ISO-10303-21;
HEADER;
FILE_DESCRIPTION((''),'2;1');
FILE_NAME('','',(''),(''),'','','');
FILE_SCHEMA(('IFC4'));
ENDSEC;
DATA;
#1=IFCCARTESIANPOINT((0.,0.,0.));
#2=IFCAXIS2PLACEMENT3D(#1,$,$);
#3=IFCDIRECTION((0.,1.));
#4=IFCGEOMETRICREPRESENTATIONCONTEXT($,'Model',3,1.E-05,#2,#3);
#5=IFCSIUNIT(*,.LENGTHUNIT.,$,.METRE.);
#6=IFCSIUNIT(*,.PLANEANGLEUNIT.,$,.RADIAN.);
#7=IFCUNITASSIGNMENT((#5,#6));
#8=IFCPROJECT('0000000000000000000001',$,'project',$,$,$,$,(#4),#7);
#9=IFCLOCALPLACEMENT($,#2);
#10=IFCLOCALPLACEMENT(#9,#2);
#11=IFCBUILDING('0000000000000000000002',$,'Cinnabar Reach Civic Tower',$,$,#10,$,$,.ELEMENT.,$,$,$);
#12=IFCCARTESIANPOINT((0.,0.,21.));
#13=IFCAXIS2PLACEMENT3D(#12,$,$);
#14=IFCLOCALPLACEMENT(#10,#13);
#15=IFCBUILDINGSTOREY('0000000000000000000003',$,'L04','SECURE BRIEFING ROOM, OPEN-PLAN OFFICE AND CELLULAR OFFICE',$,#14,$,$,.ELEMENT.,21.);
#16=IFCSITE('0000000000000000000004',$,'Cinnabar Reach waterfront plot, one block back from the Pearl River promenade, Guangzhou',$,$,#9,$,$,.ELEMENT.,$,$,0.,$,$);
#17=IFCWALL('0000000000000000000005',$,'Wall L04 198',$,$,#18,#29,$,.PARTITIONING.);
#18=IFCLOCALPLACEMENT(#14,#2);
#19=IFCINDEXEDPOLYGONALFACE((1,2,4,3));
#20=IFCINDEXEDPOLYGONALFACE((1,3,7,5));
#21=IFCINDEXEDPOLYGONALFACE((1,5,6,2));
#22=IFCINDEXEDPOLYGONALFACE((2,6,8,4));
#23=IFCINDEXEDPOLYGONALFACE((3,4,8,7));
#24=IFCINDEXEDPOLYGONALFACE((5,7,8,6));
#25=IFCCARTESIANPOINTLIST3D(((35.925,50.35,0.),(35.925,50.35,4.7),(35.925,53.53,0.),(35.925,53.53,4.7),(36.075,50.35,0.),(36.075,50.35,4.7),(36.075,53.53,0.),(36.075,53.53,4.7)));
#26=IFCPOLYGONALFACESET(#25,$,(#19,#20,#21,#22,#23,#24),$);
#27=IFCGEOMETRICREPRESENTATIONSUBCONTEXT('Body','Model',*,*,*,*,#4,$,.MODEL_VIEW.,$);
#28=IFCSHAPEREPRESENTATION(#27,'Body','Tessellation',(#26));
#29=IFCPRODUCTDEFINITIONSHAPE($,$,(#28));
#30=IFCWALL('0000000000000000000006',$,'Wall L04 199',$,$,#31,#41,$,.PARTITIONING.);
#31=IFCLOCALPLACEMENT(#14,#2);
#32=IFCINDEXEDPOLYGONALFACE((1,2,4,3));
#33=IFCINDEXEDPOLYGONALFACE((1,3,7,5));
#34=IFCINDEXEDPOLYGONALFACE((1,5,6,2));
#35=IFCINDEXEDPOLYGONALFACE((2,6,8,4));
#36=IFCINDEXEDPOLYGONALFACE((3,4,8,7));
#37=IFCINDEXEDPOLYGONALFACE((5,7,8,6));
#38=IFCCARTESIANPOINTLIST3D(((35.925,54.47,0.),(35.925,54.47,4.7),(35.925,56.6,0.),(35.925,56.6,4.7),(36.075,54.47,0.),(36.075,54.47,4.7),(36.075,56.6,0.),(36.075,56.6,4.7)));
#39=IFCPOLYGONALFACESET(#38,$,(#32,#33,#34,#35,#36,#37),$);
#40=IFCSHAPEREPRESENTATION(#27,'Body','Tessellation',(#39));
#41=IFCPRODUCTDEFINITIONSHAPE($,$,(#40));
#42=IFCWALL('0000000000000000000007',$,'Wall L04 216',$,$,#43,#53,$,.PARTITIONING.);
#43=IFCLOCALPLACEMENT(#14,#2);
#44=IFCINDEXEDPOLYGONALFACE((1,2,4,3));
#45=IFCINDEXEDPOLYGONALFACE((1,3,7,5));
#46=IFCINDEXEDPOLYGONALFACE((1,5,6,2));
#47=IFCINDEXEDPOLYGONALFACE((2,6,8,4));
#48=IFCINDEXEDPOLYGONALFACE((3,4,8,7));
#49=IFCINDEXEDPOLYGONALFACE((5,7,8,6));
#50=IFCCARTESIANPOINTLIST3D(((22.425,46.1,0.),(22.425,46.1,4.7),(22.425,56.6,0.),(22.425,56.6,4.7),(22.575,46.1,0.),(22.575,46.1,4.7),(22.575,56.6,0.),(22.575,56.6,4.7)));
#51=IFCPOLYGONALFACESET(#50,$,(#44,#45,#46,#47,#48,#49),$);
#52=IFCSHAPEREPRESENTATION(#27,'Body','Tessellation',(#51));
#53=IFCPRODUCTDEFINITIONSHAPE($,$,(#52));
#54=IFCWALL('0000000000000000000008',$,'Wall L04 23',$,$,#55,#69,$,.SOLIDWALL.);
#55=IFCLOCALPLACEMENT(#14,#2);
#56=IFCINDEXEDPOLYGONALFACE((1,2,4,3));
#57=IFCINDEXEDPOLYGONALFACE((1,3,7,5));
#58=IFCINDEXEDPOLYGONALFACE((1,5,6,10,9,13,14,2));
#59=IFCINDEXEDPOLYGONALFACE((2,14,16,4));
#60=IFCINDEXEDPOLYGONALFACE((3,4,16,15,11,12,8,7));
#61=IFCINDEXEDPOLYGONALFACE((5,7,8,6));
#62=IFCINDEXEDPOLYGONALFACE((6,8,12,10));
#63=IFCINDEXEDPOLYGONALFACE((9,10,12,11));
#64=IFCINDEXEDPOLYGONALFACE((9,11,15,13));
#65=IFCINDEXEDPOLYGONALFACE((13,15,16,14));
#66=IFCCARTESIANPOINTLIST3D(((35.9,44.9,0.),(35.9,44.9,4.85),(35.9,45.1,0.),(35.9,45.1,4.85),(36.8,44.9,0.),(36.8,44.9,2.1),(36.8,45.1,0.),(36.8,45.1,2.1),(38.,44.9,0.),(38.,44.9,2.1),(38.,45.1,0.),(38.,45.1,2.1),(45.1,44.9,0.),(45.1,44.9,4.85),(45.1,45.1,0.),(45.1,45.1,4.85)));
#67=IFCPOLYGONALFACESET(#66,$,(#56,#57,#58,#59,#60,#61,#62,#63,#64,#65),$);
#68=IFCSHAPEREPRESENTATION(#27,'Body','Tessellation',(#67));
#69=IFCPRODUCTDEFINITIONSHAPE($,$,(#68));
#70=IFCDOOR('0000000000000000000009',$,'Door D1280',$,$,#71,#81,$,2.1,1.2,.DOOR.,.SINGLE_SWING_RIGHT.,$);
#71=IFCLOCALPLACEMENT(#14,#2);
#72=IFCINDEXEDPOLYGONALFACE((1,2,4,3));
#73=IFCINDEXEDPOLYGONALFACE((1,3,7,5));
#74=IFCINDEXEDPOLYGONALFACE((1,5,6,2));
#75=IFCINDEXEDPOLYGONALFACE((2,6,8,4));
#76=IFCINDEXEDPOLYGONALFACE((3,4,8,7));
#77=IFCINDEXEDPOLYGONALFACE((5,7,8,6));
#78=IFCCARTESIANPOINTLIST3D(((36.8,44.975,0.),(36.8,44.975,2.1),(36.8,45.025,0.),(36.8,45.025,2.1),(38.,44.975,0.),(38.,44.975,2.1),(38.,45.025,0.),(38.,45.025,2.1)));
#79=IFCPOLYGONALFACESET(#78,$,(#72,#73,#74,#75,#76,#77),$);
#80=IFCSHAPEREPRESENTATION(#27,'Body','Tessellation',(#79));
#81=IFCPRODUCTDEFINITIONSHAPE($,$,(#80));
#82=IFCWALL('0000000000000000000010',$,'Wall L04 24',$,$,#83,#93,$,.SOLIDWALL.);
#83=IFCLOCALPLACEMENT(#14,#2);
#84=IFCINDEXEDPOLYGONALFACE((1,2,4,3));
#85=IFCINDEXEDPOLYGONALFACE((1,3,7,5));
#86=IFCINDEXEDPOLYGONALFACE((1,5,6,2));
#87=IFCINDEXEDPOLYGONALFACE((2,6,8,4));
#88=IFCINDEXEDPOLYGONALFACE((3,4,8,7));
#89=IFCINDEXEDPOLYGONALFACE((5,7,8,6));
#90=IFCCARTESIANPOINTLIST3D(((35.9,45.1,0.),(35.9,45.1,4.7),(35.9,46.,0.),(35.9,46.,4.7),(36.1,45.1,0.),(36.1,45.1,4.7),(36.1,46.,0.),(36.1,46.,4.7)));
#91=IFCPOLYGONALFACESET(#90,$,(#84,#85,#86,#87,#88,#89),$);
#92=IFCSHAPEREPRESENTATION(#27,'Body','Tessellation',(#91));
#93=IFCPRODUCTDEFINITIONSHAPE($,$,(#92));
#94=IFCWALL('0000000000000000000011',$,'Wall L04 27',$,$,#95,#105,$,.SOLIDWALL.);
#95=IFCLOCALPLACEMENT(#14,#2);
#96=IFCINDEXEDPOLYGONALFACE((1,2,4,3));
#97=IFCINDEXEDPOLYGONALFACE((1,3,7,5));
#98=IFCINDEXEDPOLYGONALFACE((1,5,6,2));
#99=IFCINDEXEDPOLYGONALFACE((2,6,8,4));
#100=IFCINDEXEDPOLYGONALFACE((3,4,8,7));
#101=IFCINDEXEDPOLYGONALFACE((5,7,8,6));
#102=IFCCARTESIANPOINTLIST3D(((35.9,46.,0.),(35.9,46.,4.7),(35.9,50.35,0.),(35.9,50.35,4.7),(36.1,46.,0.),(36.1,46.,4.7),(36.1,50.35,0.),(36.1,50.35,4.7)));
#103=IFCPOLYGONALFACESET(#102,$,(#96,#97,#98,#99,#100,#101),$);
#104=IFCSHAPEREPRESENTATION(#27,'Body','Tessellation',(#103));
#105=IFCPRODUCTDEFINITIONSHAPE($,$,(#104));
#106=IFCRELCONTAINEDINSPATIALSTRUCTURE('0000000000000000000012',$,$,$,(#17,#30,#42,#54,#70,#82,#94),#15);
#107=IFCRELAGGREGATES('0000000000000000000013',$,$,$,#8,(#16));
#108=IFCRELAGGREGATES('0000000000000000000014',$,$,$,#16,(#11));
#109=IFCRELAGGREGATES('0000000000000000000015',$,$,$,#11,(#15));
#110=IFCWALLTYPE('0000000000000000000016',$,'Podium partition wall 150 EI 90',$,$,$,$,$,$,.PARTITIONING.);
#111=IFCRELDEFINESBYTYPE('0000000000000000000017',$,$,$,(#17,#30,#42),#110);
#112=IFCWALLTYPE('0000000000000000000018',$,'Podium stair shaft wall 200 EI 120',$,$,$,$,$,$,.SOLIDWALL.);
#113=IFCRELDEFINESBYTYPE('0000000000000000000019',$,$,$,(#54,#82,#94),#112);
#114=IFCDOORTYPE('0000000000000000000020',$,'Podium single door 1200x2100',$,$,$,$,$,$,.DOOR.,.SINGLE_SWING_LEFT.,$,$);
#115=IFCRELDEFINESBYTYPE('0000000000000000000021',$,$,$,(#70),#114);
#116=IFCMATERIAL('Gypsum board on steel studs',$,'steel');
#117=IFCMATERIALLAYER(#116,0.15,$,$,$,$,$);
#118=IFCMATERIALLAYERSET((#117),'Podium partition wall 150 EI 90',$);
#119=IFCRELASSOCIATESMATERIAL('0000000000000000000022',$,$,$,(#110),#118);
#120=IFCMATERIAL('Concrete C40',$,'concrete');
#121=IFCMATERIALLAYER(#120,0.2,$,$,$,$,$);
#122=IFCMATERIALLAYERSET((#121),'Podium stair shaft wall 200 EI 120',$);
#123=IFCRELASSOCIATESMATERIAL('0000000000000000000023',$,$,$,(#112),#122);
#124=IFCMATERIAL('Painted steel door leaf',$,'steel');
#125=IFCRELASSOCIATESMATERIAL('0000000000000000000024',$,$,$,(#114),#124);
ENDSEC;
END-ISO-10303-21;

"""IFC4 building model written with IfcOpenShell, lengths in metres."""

from ifc_helpers import new_model, si_unit, direction, frame, frame_2d, origin, place, context, subcontext, project, spatial, rectangle, extrude, material, layer, layer_set, type_object, element, fill, save


model = new_model("IFC4")

# Units and contexts
model_context = context("Model", 3, precision=1e-05, world=origin(), true_north=direction((0.0, 1.0)))
body_context = subcontext(model_context, "Body", "Model", "MODEL_VIEW")
ifc_project = project(units=[si_unit("LENGTHUNIT", "METRE"), si_unit("PLANEANGLEUNIT", "RADIAN")], contexts=[model_context])

# Site, building, storey
site_placement = place(None, origin())
site = spatial("IfcSite", under=ifc_project, at=site_placement, Name="Cinnabar Reach waterfront plot, one block back from the Pearl River promenade, Guangzhou", CompositionType="ELEMENT", RefElevation=0.0)
building_placement = place(site_placement, origin())
building = spatial("IfcBuilding", under=site, at=building_placement, Name="Cinnabar Reach Civic Tower", CompositionType="ELEMENT")
storey_placement = place(building_placement, frame((0.0, 0.0, 21.0)))
storey = spatial("IfcBuildingStorey", under=building, at=storey_placement, Name="L04", Description="SECURE BRIEFING ROOM, OPEN-PLAN OFFICE AND CELLULAR OFFICE", CompositionType="ELEMENT", Elevation=21.0)

# Shared definitions
ifc_material_1 = material(Name="Painted steel door leaf", Category="steel")

# Walls
ifc_material_2 = material(Name="Gypsum board on steel studs", Category="steel")
ifc_layer_1 = layer(ifc_material_2, 0.15)
ifc_layer_set_1 = layer_set([ifc_layer_1], Name="Podium partition wall 150 EI 90")
wall_type_1 = type_object("IfcWallType", Name="Podium partition wall 150 EI 90", PredefinedType="PARTITIONING", material=ifc_layer_set_1)
wall_1_placement = place(storey_placement, frame((36.0, 50.35, 0.0), z_axis=(0.0, 0.0, 1.0), x_axis=(0.0, 1.0, 0.0)))
element("IfcWall", 1, at=wall_1_placement, inside=storey, type_object=wall_type_1, Name="Wall L04 198", PredefinedType="PARTITIONING", context=body_context, shape_type="SweptSolid", body=[
    extrude(rectangle(XDim=3.18, YDim=0.15, at=frame_2d((1.59, 0.0))), origin(), (0.0, 0.0, 1.0), 4.7),
])
wall_2_placement = place(storey_placement, frame((36.0, 54.47, 0.0), z_axis=(0.0, 0.0, 1.0), x_axis=(0.0, 1.0, 0.0)))
element("IfcWall", 2, at=wall_2_placement, inside=storey, type_object=wall_type_1, Name="Wall L04 199", PredefinedType="PARTITIONING", context=body_context, shape_type="SweptSolid", body=[
    extrude(rectangle(XDim=2.13, YDim=0.15, at=frame_2d((1.065, 0.0))), origin(), (0.0, 0.0, 1.0), 4.7),
])
wall_3_placement = place(storey_placement, frame((22.5, 46.1, 0.0), z_axis=(0.0, 0.0, 1.0), x_axis=(0.0, 1.0, 0.0)))
element("IfcWall", 3, at=wall_3_placement, inside=storey, type_object=wall_type_1, Name="Wall L04 216", PredefinedType="PARTITIONING", context=body_context, shape_type="SweptSolid", body=[
    extrude(rectangle(XDim=10.5, YDim=0.15, at=frame_2d((5.25, 0.0))), origin(), (0.0, 0.0, 1.0), 4.7),
])

# Wall, opening, door
ifc_material_3 = material(Name="Concrete C40", Category="concrete")
ifc_layer_2 = layer(ifc_material_3, 0.2)
ifc_layer_set_2 = layer_set([ifc_layer_2], Name="Podium stair shaft wall 200 EI 120")
wall_type_2 = type_object("IfcWallType", Name="Podium stair shaft wall 200 EI 120", PredefinedType="SOLIDWALL", material=ifc_layer_set_2)
wall_4_placement = place(storey_placement, frame((35.9, 45.0, 0.0), z_axis=(0.0, 0.0, 1.0), x_axis=(1.0, 0.0, 0.0)))
wall_4 = element("IfcWall", 4, at=wall_4_placement, inside=storey, type_object=wall_type_2, Name="Wall L04 23", PredefinedType="SOLIDWALL", context=body_context, shape_type="SweptSolid", body=[
    extrude(rectangle(XDim=9.2, YDim=0.2, at=frame_2d((4.6, 0.0))), origin(), (0.0, 0.0, 1.0), 4.85),
])
opening_1_placement = place(wall_4_placement, frame((0.9, 0.0, 0.0)))
opening_1 = element("IfcOpeningElement", 5, at=opening_1_placement, cuts=wall_4, PredefinedType="OPENING", context=body_context, shape_type="SweptSolid", body=[
    extrude(rectangle(XDim=1.2, YDim=2.1, at=frame_2d((0.6, 1.05))), frame((0.0, 0.11, 0.0), z_axis=(0.0, -1.0, 0.0), x_axis=(1.0, 0.0, 0.0)), (0.0, 0.0, 1.0), 0.22),
])
door_type_1 = type_object("IfcDoorType", Name="Podium single door 1200x2100", OperationType="SINGLE_SWING_LEFT", PredefinedType="DOOR", material=ifc_material_1)
door_1_placement = place(opening_1_placement, origin())
door_1 = element("IfcDoor", 6, at=door_1_placement, inside=storey, type_object=door_type_1, Name="Door D1280", OperationType="SINGLE_SWING_RIGHT", OverallHeight=2.1, OverallWidth=1.2, PredefinedType="DOOR", context=body_context, shape_type="SweptSolid", body=[
    extrude(rectangle(XDim=1.2, YDim=2.1, at=frame_2d((0.6, 1.05))), frame((0.0, 0.025, 0.0), z_axis=(0.0, -1.0, 0.0), x_axis=(1.0, 0.0, 0.0)), (0.0, 0.0, 1.0), 0.05),
])
fill(opening_1, door_1)

# Walls
wall_5_placement = place(storey_placement, frame((36.0, 45.1, 0.0), z_axis=(0.0, 0.0, 1.0), x_axis=(0.0, 1.0, 0.0)))
element("IfcWall", 7, at=wall_5_placement, inside=storey, type_object=wall_type_2, Name="Wall L04 24", PredefinedType="SOLIDWALL", context=body_context, shape_type="SweptSolid", body=[
    extrude(rectangle(XDim=0.9, YDim=0.2, at=frame_2d((0.45, 0.0))), origin(), (0.0, 0.0, 1.0), 4.7),
])
wall_6_placement = place(storey_placement, frame((36.0, 46.0, 0.0), z_axis=(0.0, 0.0, 1.0), x_axis=(0.0, 1.0, 0.0)))
element("IfcWall", 8, at=wall_6_placement, inside=storey, type_object=wall_type_2, Name="Wall L04 27", PredefinedType="SOLIDWALL", context=body_context, shape_type="SweptSolid", body=[
    extrude(rectangle(XDim=4.35, YDim=0.2, at=frame_2d((2.175, 0.0))), origin(), (0.0, 0.0, 1.0), 4.7),
])

save(model, "model.ifc")
